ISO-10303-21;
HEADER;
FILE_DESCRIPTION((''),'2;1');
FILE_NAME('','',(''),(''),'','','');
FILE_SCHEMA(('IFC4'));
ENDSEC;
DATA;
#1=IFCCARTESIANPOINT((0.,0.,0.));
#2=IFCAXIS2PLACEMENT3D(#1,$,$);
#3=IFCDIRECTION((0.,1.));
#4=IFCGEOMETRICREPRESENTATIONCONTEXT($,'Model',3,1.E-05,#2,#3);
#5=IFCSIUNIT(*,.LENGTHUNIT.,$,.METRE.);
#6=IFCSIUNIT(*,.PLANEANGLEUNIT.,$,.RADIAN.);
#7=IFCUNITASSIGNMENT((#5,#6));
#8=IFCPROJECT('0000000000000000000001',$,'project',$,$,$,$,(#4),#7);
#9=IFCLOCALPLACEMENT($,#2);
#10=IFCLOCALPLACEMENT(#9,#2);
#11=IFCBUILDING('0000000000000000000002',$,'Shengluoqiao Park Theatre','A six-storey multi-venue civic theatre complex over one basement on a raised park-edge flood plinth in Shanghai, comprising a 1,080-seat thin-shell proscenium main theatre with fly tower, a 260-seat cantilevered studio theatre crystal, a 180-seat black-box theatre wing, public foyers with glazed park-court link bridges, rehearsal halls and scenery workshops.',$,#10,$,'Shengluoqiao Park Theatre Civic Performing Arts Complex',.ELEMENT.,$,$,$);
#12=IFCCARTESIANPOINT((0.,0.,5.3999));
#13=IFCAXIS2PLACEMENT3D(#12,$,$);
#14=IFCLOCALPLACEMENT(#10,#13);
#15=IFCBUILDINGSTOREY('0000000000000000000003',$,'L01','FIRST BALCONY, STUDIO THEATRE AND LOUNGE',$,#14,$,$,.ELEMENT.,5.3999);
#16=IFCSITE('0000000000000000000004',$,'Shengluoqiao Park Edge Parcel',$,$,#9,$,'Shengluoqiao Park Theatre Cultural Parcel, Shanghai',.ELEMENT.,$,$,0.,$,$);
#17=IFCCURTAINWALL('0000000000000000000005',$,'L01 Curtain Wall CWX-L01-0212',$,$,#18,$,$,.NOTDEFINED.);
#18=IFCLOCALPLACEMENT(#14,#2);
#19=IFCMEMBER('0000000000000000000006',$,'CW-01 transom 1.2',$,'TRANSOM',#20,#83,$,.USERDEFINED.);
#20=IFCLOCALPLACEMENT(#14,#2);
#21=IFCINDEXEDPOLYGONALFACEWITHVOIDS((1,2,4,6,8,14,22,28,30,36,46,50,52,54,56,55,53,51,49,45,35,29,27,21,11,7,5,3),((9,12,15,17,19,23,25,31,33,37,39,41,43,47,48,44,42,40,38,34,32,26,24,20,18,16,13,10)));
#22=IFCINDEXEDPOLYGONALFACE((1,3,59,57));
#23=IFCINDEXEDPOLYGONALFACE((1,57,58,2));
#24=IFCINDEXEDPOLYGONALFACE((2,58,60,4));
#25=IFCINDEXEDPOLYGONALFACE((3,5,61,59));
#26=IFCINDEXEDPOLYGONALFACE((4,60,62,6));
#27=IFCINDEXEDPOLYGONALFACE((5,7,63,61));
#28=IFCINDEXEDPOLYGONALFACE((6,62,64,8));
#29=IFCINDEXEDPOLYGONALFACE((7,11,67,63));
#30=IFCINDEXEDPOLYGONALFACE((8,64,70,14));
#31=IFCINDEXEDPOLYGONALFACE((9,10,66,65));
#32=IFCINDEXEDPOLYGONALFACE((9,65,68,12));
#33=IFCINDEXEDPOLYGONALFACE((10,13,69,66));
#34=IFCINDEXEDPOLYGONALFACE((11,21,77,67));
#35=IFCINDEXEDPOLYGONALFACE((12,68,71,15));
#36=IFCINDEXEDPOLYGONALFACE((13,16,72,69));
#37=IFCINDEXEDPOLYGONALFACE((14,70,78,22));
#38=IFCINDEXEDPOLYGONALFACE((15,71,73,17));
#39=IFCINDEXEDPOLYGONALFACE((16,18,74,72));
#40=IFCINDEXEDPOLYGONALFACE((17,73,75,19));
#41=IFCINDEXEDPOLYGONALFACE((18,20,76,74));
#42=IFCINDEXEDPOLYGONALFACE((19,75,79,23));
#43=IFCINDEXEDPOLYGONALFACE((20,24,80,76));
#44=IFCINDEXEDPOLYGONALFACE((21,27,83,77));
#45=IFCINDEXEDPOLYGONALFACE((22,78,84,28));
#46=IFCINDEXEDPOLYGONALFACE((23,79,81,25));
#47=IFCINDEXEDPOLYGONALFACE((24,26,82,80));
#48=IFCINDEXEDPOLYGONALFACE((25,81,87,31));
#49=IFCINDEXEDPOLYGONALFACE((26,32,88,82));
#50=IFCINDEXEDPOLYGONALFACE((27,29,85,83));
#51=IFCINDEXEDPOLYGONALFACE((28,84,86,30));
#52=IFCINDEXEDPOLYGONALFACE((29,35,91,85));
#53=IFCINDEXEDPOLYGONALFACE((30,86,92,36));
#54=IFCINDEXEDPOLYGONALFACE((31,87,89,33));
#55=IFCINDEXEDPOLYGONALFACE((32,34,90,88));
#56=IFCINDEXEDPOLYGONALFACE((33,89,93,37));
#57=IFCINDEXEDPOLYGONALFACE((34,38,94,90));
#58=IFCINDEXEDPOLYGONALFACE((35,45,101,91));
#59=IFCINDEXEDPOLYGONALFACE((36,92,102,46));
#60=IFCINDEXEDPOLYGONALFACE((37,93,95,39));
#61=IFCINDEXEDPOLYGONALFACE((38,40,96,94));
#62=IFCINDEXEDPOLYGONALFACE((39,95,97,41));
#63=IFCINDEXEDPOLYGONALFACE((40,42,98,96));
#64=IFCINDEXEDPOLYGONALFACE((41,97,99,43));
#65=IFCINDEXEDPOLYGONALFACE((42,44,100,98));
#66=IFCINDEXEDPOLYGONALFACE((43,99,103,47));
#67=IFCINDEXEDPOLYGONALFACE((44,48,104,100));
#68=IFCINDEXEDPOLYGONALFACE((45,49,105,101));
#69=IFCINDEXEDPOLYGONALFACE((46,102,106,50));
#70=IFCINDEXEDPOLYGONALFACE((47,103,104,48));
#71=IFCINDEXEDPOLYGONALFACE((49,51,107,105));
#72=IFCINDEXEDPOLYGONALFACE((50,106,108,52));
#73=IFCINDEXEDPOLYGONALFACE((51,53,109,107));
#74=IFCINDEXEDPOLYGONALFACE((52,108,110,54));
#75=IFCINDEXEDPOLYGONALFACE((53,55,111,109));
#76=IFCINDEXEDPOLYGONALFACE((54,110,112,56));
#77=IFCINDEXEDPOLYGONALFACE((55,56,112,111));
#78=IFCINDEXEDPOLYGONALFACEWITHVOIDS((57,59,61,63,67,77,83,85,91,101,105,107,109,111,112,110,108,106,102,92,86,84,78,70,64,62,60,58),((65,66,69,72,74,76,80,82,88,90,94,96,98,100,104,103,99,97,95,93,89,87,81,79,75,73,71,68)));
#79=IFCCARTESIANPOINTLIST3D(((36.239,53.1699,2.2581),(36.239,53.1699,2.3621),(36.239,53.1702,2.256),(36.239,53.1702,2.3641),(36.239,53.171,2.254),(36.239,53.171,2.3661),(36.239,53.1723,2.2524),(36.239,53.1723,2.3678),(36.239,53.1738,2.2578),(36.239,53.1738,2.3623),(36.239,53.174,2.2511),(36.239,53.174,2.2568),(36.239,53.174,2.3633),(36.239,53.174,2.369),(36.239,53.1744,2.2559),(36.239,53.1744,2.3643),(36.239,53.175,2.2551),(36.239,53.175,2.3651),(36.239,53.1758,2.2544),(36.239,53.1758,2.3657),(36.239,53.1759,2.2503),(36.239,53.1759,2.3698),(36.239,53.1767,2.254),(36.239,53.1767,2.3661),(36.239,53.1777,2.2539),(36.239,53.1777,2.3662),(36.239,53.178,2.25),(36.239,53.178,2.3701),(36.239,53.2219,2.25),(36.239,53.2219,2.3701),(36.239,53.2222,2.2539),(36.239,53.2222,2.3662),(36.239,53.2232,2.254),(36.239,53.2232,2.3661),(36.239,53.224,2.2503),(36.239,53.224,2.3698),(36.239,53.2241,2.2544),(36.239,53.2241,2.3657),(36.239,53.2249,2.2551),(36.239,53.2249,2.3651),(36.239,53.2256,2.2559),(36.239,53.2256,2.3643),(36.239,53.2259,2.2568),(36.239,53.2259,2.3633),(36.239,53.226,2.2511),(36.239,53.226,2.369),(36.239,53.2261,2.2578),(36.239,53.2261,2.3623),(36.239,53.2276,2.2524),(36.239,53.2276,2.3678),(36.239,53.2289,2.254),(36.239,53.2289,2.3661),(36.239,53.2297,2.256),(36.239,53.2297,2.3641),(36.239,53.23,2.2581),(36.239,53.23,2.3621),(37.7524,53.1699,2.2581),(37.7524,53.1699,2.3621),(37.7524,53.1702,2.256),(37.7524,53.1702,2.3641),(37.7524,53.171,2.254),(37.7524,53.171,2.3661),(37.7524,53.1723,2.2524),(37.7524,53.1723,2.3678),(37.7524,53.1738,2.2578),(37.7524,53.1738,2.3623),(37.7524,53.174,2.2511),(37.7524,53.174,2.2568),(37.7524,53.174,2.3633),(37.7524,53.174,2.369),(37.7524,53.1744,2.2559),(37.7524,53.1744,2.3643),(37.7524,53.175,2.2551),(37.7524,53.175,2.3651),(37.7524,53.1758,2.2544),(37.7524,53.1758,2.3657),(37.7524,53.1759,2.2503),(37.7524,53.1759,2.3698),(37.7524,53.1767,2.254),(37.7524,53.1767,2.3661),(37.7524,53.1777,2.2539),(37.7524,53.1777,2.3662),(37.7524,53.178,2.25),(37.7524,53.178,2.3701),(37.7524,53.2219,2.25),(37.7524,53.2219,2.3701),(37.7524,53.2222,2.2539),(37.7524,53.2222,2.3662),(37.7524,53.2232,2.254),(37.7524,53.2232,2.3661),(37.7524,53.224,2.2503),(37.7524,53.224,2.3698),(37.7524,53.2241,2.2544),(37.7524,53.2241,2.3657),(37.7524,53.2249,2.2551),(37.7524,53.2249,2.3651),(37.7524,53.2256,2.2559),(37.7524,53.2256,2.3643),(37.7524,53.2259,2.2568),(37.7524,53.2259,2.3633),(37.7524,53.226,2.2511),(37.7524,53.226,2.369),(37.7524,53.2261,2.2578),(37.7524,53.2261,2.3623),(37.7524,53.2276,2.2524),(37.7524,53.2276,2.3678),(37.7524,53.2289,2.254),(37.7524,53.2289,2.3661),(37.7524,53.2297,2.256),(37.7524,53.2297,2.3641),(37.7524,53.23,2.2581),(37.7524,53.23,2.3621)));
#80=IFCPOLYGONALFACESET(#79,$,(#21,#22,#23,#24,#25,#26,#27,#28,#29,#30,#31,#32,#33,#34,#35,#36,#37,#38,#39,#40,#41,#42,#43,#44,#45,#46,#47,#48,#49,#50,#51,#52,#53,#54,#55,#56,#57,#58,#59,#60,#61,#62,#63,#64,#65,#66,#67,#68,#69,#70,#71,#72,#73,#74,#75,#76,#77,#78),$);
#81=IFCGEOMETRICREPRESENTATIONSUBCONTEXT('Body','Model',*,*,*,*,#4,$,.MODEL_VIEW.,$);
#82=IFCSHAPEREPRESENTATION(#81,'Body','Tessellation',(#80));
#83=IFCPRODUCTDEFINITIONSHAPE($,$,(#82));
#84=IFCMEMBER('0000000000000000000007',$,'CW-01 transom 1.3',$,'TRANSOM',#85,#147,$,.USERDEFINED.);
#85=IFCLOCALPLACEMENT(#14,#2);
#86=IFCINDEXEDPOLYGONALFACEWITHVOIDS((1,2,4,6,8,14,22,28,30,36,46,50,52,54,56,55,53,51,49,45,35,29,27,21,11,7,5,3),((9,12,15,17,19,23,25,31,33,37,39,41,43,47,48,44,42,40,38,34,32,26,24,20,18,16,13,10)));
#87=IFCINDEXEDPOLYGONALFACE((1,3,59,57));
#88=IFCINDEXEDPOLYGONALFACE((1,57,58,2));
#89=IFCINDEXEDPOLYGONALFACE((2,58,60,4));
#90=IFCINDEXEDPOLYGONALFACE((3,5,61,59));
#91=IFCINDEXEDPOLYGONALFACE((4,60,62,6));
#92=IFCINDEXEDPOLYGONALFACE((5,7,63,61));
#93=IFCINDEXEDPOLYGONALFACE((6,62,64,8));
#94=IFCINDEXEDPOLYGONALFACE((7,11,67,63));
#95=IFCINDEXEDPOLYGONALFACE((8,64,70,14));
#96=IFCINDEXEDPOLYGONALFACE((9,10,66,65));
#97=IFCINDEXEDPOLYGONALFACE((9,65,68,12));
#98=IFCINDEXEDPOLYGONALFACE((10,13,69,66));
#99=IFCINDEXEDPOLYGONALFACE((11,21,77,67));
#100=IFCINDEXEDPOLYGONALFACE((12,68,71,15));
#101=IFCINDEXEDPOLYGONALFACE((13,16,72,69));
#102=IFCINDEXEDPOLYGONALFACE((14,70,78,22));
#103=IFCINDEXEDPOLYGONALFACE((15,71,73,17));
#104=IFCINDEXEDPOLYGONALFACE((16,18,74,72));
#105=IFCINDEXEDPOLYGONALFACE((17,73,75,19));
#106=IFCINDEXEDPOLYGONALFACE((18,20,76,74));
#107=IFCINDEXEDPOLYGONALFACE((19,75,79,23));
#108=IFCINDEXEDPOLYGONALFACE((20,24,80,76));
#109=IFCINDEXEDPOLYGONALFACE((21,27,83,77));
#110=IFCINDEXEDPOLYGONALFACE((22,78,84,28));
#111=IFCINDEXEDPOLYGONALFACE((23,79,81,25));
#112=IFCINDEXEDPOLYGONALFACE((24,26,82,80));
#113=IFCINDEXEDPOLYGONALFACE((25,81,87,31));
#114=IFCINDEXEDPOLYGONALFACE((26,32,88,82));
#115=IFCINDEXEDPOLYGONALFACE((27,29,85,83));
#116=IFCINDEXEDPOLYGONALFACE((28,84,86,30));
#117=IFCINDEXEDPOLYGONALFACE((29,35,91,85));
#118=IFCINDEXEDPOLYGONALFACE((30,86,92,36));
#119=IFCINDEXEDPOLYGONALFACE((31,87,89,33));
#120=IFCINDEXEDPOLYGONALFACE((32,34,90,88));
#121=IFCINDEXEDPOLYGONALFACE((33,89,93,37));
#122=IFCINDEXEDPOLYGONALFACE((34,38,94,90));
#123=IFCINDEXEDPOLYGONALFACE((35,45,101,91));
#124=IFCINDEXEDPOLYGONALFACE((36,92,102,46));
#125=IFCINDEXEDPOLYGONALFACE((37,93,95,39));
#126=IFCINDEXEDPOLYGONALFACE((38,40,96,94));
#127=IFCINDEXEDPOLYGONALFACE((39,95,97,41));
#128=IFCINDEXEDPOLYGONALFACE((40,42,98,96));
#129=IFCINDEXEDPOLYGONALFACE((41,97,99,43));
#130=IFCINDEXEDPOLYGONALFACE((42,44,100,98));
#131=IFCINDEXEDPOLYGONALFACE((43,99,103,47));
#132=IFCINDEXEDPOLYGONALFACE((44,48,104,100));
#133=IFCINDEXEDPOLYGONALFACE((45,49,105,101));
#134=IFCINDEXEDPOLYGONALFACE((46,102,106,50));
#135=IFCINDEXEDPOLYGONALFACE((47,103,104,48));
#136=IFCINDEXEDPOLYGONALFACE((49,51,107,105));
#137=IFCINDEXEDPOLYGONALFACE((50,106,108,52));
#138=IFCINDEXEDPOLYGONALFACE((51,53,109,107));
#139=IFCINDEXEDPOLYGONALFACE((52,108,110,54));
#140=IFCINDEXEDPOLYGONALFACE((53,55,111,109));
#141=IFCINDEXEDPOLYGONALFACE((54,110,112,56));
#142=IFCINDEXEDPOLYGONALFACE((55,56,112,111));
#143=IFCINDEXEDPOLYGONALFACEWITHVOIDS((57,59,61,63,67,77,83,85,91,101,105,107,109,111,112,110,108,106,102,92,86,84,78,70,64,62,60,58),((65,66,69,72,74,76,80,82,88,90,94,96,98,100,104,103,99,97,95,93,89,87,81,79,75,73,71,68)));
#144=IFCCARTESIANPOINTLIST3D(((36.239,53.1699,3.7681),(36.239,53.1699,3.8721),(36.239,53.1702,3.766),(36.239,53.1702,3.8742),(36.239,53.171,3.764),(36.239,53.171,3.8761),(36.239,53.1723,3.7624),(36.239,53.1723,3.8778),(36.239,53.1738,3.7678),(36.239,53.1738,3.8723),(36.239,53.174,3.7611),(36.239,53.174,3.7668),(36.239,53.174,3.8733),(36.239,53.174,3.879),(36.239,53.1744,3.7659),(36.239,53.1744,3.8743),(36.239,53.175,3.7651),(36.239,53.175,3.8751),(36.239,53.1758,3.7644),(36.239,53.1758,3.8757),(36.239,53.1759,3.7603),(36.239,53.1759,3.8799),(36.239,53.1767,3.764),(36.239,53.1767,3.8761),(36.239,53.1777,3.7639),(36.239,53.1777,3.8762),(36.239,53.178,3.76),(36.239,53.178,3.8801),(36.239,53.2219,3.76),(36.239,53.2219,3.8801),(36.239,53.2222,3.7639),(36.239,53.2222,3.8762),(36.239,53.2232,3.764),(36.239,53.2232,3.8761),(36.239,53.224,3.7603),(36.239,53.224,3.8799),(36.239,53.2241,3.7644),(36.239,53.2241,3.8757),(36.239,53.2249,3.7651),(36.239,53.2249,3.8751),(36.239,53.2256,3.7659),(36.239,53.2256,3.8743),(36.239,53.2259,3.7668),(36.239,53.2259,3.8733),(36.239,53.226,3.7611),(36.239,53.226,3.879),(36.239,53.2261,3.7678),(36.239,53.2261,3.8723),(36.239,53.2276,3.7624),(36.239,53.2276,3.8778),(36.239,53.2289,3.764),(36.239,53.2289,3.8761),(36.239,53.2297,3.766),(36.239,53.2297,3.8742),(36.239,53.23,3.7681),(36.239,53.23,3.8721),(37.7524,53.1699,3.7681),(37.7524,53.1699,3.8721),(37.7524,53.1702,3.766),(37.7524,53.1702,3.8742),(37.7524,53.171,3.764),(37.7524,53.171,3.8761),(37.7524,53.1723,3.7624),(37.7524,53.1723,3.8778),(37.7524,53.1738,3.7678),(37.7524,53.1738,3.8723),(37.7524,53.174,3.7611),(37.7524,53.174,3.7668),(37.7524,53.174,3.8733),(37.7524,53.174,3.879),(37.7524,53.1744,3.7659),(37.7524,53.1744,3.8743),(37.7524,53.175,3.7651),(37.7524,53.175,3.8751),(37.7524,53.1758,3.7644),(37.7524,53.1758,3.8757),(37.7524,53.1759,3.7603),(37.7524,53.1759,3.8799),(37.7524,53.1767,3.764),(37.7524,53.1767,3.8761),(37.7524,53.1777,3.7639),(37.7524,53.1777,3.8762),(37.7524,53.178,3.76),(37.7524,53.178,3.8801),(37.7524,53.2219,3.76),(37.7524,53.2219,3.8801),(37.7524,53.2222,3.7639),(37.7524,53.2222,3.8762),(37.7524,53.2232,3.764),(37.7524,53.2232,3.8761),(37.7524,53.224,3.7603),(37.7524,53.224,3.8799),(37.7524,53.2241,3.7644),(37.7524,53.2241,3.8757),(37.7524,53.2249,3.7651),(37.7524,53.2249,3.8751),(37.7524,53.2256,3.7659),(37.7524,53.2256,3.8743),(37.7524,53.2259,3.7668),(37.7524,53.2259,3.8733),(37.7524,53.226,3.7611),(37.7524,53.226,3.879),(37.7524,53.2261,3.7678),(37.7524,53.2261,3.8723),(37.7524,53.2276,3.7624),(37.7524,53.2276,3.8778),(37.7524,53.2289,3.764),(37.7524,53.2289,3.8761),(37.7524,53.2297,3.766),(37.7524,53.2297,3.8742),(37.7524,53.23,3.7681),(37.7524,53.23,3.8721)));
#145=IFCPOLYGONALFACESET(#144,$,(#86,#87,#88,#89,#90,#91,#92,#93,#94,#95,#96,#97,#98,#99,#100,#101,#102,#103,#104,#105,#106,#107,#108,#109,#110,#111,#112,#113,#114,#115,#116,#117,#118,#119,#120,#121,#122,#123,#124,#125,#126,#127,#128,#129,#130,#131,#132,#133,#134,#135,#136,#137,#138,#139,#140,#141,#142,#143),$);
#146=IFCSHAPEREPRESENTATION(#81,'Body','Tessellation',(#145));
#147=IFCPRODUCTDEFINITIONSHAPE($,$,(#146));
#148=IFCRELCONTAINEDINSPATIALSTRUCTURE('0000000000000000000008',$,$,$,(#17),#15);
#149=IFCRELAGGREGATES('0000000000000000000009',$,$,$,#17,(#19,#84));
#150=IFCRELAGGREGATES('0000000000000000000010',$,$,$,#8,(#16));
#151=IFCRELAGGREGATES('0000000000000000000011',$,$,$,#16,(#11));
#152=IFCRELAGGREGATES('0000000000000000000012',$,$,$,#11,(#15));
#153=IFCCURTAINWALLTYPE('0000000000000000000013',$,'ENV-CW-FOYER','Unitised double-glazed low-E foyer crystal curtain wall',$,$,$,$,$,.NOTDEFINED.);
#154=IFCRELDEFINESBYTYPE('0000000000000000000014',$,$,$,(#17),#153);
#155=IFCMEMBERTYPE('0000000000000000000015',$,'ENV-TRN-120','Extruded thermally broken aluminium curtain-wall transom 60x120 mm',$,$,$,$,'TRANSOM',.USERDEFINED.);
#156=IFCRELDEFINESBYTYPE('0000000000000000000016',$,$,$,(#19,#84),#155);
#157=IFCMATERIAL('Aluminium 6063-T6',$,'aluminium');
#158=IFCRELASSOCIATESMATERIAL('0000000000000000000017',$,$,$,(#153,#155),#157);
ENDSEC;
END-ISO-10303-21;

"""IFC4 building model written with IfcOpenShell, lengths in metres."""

from ifc_helpers import new_model, si_unit, direction, frame, origin, origin_2d, place, context, subcontext, project, spatial, hollow_rectangle, extrude, material, material_profile, profile_set, type_object, element, aggregate, save


model = new_model("IFC4")

# Units and contexts
model_context = context("Model", 3, precision=1e-05, world=origin(), true_north=direction((0.0, 1.0)))
body_context = subcontext(model_context, "Body", "Model", "MODEL_VIEW")
ifc_project = project(units=[si_unit("LENGTHUNIT", "METRE"), si_unit("PLANEANGLEUNIT", "RADIAN")], contexts=[model_context])

# Site, building, storey
site_placement = place(None, origin())
site = spatial("IfcSite", under=ifc_project, at=site_placement, Name="Shengluoqiao Park Edge Parcel", LongName="Shengluoqiao Park Theatre Cultural Parcel, Shanghai", CompositionType="ELEMENT", RefElevation=0.0)
building_placement = place(site_placement, origin())
building = spatial("IfcBuilding", under=site, at=building_placement, Name="Shengluoqiao Park Theatre", Description="A six-storey multi-venue civic theatre complex over one basement on a raised park-edge flood plinth in Shanghai, comprising a 1,080-seat thin-shell proscenium main theatre with fly tower, a 260-seat cantilevered studio theatre crystal, a 180-seat black-box theatre wing, public foyers with glazed park-court link bridges, rehearsal halls and scenery workshops.", LongName="Shengluoqiao Park Theatre Civic Performing Arts Complex", CompositionType="ELEMENT")
storey_placement = place(building_placement, frame((0.0, 0.0, 5.3999)))
storey = spatial("IfcBuildingStorey", under=building, at=storey_placement, Name="L01", Description="FIRST BALCONY, STUDIO THEATRE AND LOUNGE", CompositionType="ELEMENT", Elevation=5.3999)

# Curtain wall, members
ifc_material_1 = material(Name="Aluminium 6063-T6", Category="aluminium")
curtain_wall_type = type_object("IfcCurtainWallType", Name="ENV-CW-FOYER", Description="Unitised double-glazed low-E foyer crystal curtain wall", PredefinedType="NOTDEFINED", material=ifc_material_1)
curtain_wall_placement = place(storey_placement, origin())
curtain_wall = element("IfcCurtainWall", 1, at=curtain_wall_placement, inside=storey, type_object=curtain_wall_type, Name="L01 Curtain Wall CWX-L01-0212", PredefinedType="NOTDEFINED")
ifc_material_profile_1 = material_profile(ifc_material_1, hollow_rectangle(XDim=0.0601, YDim=0.1201, WallThickness=0.0039, InnerFilletRadius=0.0039, OuterFilletRadius=0.0081, at=origin_2d()), Name="ALU TRANSOM 120x60x4")
ifc_profile_set_1 = profile_set([ifc_material_profile_1], Name="Aluminium 6063-T6")
member_type_1 = type_object("IfcMemberType", Name="ENV-TRN-120", Description="Extruded thermally broken aluminium curtain-wall transom 60x120 mm", ElementType="TRANSOM", PredefinedType="USERDEFINED", material=ifc_profile_set_1)
member_1_placement = place(storey_placement, frame((36.239, 53.2, 2.3101), z_axis=(1.0, 0.0, 0.0), x_axis=(0.0, 1.0, 0.0)))
member_1 = element("IfcMember", 2, at=member_1_placement, type_object=member_type_1, Name="CW-01 transom 1.2", ObjectType="TRANSOM", PredefinedType="USERDEFINED", context=body_context, shape_type="SweptSolid", body=[
    extrude(hollow_rectangle(XDim=0.0601, YDim=0.1201, WallThickness=0.0039, InnerFilletRadius=0.0039, OuterFilletRadius=0.0081, at=origin_2d()), origin(), (0.0, 0.0, 1.0), 1.5134),
])
member_2_placement = place(storey_placement, frame((36.239, 53.2, 3.8201), z_axis=(1.0, 0.0, 0.0), x_axis=(0.0, 1.0, 0.0)))
member_2 = element("IfcMember", 3, at=member_2_placement, type_object=member_type_1, Name="CW-01 transom 1.3", ObjectType="TRANSOM", PredefinedType="USERDEFINED", context=body_context, shape_type="SweptSolid", body=[
    extrude(hollow_rectangle(XDim=0.0601, YDim=0.1201, WallThickness=0.0039, InnerFilletRadius=0.0039, OuterFilletRadius=0.0081, at=origin_2d()), origin(), (0.0, 0.0, 1.0), 1.5134),
])

aggregate(curtain_wall, [member_1, member_2])

save(model, "model.ifc")
